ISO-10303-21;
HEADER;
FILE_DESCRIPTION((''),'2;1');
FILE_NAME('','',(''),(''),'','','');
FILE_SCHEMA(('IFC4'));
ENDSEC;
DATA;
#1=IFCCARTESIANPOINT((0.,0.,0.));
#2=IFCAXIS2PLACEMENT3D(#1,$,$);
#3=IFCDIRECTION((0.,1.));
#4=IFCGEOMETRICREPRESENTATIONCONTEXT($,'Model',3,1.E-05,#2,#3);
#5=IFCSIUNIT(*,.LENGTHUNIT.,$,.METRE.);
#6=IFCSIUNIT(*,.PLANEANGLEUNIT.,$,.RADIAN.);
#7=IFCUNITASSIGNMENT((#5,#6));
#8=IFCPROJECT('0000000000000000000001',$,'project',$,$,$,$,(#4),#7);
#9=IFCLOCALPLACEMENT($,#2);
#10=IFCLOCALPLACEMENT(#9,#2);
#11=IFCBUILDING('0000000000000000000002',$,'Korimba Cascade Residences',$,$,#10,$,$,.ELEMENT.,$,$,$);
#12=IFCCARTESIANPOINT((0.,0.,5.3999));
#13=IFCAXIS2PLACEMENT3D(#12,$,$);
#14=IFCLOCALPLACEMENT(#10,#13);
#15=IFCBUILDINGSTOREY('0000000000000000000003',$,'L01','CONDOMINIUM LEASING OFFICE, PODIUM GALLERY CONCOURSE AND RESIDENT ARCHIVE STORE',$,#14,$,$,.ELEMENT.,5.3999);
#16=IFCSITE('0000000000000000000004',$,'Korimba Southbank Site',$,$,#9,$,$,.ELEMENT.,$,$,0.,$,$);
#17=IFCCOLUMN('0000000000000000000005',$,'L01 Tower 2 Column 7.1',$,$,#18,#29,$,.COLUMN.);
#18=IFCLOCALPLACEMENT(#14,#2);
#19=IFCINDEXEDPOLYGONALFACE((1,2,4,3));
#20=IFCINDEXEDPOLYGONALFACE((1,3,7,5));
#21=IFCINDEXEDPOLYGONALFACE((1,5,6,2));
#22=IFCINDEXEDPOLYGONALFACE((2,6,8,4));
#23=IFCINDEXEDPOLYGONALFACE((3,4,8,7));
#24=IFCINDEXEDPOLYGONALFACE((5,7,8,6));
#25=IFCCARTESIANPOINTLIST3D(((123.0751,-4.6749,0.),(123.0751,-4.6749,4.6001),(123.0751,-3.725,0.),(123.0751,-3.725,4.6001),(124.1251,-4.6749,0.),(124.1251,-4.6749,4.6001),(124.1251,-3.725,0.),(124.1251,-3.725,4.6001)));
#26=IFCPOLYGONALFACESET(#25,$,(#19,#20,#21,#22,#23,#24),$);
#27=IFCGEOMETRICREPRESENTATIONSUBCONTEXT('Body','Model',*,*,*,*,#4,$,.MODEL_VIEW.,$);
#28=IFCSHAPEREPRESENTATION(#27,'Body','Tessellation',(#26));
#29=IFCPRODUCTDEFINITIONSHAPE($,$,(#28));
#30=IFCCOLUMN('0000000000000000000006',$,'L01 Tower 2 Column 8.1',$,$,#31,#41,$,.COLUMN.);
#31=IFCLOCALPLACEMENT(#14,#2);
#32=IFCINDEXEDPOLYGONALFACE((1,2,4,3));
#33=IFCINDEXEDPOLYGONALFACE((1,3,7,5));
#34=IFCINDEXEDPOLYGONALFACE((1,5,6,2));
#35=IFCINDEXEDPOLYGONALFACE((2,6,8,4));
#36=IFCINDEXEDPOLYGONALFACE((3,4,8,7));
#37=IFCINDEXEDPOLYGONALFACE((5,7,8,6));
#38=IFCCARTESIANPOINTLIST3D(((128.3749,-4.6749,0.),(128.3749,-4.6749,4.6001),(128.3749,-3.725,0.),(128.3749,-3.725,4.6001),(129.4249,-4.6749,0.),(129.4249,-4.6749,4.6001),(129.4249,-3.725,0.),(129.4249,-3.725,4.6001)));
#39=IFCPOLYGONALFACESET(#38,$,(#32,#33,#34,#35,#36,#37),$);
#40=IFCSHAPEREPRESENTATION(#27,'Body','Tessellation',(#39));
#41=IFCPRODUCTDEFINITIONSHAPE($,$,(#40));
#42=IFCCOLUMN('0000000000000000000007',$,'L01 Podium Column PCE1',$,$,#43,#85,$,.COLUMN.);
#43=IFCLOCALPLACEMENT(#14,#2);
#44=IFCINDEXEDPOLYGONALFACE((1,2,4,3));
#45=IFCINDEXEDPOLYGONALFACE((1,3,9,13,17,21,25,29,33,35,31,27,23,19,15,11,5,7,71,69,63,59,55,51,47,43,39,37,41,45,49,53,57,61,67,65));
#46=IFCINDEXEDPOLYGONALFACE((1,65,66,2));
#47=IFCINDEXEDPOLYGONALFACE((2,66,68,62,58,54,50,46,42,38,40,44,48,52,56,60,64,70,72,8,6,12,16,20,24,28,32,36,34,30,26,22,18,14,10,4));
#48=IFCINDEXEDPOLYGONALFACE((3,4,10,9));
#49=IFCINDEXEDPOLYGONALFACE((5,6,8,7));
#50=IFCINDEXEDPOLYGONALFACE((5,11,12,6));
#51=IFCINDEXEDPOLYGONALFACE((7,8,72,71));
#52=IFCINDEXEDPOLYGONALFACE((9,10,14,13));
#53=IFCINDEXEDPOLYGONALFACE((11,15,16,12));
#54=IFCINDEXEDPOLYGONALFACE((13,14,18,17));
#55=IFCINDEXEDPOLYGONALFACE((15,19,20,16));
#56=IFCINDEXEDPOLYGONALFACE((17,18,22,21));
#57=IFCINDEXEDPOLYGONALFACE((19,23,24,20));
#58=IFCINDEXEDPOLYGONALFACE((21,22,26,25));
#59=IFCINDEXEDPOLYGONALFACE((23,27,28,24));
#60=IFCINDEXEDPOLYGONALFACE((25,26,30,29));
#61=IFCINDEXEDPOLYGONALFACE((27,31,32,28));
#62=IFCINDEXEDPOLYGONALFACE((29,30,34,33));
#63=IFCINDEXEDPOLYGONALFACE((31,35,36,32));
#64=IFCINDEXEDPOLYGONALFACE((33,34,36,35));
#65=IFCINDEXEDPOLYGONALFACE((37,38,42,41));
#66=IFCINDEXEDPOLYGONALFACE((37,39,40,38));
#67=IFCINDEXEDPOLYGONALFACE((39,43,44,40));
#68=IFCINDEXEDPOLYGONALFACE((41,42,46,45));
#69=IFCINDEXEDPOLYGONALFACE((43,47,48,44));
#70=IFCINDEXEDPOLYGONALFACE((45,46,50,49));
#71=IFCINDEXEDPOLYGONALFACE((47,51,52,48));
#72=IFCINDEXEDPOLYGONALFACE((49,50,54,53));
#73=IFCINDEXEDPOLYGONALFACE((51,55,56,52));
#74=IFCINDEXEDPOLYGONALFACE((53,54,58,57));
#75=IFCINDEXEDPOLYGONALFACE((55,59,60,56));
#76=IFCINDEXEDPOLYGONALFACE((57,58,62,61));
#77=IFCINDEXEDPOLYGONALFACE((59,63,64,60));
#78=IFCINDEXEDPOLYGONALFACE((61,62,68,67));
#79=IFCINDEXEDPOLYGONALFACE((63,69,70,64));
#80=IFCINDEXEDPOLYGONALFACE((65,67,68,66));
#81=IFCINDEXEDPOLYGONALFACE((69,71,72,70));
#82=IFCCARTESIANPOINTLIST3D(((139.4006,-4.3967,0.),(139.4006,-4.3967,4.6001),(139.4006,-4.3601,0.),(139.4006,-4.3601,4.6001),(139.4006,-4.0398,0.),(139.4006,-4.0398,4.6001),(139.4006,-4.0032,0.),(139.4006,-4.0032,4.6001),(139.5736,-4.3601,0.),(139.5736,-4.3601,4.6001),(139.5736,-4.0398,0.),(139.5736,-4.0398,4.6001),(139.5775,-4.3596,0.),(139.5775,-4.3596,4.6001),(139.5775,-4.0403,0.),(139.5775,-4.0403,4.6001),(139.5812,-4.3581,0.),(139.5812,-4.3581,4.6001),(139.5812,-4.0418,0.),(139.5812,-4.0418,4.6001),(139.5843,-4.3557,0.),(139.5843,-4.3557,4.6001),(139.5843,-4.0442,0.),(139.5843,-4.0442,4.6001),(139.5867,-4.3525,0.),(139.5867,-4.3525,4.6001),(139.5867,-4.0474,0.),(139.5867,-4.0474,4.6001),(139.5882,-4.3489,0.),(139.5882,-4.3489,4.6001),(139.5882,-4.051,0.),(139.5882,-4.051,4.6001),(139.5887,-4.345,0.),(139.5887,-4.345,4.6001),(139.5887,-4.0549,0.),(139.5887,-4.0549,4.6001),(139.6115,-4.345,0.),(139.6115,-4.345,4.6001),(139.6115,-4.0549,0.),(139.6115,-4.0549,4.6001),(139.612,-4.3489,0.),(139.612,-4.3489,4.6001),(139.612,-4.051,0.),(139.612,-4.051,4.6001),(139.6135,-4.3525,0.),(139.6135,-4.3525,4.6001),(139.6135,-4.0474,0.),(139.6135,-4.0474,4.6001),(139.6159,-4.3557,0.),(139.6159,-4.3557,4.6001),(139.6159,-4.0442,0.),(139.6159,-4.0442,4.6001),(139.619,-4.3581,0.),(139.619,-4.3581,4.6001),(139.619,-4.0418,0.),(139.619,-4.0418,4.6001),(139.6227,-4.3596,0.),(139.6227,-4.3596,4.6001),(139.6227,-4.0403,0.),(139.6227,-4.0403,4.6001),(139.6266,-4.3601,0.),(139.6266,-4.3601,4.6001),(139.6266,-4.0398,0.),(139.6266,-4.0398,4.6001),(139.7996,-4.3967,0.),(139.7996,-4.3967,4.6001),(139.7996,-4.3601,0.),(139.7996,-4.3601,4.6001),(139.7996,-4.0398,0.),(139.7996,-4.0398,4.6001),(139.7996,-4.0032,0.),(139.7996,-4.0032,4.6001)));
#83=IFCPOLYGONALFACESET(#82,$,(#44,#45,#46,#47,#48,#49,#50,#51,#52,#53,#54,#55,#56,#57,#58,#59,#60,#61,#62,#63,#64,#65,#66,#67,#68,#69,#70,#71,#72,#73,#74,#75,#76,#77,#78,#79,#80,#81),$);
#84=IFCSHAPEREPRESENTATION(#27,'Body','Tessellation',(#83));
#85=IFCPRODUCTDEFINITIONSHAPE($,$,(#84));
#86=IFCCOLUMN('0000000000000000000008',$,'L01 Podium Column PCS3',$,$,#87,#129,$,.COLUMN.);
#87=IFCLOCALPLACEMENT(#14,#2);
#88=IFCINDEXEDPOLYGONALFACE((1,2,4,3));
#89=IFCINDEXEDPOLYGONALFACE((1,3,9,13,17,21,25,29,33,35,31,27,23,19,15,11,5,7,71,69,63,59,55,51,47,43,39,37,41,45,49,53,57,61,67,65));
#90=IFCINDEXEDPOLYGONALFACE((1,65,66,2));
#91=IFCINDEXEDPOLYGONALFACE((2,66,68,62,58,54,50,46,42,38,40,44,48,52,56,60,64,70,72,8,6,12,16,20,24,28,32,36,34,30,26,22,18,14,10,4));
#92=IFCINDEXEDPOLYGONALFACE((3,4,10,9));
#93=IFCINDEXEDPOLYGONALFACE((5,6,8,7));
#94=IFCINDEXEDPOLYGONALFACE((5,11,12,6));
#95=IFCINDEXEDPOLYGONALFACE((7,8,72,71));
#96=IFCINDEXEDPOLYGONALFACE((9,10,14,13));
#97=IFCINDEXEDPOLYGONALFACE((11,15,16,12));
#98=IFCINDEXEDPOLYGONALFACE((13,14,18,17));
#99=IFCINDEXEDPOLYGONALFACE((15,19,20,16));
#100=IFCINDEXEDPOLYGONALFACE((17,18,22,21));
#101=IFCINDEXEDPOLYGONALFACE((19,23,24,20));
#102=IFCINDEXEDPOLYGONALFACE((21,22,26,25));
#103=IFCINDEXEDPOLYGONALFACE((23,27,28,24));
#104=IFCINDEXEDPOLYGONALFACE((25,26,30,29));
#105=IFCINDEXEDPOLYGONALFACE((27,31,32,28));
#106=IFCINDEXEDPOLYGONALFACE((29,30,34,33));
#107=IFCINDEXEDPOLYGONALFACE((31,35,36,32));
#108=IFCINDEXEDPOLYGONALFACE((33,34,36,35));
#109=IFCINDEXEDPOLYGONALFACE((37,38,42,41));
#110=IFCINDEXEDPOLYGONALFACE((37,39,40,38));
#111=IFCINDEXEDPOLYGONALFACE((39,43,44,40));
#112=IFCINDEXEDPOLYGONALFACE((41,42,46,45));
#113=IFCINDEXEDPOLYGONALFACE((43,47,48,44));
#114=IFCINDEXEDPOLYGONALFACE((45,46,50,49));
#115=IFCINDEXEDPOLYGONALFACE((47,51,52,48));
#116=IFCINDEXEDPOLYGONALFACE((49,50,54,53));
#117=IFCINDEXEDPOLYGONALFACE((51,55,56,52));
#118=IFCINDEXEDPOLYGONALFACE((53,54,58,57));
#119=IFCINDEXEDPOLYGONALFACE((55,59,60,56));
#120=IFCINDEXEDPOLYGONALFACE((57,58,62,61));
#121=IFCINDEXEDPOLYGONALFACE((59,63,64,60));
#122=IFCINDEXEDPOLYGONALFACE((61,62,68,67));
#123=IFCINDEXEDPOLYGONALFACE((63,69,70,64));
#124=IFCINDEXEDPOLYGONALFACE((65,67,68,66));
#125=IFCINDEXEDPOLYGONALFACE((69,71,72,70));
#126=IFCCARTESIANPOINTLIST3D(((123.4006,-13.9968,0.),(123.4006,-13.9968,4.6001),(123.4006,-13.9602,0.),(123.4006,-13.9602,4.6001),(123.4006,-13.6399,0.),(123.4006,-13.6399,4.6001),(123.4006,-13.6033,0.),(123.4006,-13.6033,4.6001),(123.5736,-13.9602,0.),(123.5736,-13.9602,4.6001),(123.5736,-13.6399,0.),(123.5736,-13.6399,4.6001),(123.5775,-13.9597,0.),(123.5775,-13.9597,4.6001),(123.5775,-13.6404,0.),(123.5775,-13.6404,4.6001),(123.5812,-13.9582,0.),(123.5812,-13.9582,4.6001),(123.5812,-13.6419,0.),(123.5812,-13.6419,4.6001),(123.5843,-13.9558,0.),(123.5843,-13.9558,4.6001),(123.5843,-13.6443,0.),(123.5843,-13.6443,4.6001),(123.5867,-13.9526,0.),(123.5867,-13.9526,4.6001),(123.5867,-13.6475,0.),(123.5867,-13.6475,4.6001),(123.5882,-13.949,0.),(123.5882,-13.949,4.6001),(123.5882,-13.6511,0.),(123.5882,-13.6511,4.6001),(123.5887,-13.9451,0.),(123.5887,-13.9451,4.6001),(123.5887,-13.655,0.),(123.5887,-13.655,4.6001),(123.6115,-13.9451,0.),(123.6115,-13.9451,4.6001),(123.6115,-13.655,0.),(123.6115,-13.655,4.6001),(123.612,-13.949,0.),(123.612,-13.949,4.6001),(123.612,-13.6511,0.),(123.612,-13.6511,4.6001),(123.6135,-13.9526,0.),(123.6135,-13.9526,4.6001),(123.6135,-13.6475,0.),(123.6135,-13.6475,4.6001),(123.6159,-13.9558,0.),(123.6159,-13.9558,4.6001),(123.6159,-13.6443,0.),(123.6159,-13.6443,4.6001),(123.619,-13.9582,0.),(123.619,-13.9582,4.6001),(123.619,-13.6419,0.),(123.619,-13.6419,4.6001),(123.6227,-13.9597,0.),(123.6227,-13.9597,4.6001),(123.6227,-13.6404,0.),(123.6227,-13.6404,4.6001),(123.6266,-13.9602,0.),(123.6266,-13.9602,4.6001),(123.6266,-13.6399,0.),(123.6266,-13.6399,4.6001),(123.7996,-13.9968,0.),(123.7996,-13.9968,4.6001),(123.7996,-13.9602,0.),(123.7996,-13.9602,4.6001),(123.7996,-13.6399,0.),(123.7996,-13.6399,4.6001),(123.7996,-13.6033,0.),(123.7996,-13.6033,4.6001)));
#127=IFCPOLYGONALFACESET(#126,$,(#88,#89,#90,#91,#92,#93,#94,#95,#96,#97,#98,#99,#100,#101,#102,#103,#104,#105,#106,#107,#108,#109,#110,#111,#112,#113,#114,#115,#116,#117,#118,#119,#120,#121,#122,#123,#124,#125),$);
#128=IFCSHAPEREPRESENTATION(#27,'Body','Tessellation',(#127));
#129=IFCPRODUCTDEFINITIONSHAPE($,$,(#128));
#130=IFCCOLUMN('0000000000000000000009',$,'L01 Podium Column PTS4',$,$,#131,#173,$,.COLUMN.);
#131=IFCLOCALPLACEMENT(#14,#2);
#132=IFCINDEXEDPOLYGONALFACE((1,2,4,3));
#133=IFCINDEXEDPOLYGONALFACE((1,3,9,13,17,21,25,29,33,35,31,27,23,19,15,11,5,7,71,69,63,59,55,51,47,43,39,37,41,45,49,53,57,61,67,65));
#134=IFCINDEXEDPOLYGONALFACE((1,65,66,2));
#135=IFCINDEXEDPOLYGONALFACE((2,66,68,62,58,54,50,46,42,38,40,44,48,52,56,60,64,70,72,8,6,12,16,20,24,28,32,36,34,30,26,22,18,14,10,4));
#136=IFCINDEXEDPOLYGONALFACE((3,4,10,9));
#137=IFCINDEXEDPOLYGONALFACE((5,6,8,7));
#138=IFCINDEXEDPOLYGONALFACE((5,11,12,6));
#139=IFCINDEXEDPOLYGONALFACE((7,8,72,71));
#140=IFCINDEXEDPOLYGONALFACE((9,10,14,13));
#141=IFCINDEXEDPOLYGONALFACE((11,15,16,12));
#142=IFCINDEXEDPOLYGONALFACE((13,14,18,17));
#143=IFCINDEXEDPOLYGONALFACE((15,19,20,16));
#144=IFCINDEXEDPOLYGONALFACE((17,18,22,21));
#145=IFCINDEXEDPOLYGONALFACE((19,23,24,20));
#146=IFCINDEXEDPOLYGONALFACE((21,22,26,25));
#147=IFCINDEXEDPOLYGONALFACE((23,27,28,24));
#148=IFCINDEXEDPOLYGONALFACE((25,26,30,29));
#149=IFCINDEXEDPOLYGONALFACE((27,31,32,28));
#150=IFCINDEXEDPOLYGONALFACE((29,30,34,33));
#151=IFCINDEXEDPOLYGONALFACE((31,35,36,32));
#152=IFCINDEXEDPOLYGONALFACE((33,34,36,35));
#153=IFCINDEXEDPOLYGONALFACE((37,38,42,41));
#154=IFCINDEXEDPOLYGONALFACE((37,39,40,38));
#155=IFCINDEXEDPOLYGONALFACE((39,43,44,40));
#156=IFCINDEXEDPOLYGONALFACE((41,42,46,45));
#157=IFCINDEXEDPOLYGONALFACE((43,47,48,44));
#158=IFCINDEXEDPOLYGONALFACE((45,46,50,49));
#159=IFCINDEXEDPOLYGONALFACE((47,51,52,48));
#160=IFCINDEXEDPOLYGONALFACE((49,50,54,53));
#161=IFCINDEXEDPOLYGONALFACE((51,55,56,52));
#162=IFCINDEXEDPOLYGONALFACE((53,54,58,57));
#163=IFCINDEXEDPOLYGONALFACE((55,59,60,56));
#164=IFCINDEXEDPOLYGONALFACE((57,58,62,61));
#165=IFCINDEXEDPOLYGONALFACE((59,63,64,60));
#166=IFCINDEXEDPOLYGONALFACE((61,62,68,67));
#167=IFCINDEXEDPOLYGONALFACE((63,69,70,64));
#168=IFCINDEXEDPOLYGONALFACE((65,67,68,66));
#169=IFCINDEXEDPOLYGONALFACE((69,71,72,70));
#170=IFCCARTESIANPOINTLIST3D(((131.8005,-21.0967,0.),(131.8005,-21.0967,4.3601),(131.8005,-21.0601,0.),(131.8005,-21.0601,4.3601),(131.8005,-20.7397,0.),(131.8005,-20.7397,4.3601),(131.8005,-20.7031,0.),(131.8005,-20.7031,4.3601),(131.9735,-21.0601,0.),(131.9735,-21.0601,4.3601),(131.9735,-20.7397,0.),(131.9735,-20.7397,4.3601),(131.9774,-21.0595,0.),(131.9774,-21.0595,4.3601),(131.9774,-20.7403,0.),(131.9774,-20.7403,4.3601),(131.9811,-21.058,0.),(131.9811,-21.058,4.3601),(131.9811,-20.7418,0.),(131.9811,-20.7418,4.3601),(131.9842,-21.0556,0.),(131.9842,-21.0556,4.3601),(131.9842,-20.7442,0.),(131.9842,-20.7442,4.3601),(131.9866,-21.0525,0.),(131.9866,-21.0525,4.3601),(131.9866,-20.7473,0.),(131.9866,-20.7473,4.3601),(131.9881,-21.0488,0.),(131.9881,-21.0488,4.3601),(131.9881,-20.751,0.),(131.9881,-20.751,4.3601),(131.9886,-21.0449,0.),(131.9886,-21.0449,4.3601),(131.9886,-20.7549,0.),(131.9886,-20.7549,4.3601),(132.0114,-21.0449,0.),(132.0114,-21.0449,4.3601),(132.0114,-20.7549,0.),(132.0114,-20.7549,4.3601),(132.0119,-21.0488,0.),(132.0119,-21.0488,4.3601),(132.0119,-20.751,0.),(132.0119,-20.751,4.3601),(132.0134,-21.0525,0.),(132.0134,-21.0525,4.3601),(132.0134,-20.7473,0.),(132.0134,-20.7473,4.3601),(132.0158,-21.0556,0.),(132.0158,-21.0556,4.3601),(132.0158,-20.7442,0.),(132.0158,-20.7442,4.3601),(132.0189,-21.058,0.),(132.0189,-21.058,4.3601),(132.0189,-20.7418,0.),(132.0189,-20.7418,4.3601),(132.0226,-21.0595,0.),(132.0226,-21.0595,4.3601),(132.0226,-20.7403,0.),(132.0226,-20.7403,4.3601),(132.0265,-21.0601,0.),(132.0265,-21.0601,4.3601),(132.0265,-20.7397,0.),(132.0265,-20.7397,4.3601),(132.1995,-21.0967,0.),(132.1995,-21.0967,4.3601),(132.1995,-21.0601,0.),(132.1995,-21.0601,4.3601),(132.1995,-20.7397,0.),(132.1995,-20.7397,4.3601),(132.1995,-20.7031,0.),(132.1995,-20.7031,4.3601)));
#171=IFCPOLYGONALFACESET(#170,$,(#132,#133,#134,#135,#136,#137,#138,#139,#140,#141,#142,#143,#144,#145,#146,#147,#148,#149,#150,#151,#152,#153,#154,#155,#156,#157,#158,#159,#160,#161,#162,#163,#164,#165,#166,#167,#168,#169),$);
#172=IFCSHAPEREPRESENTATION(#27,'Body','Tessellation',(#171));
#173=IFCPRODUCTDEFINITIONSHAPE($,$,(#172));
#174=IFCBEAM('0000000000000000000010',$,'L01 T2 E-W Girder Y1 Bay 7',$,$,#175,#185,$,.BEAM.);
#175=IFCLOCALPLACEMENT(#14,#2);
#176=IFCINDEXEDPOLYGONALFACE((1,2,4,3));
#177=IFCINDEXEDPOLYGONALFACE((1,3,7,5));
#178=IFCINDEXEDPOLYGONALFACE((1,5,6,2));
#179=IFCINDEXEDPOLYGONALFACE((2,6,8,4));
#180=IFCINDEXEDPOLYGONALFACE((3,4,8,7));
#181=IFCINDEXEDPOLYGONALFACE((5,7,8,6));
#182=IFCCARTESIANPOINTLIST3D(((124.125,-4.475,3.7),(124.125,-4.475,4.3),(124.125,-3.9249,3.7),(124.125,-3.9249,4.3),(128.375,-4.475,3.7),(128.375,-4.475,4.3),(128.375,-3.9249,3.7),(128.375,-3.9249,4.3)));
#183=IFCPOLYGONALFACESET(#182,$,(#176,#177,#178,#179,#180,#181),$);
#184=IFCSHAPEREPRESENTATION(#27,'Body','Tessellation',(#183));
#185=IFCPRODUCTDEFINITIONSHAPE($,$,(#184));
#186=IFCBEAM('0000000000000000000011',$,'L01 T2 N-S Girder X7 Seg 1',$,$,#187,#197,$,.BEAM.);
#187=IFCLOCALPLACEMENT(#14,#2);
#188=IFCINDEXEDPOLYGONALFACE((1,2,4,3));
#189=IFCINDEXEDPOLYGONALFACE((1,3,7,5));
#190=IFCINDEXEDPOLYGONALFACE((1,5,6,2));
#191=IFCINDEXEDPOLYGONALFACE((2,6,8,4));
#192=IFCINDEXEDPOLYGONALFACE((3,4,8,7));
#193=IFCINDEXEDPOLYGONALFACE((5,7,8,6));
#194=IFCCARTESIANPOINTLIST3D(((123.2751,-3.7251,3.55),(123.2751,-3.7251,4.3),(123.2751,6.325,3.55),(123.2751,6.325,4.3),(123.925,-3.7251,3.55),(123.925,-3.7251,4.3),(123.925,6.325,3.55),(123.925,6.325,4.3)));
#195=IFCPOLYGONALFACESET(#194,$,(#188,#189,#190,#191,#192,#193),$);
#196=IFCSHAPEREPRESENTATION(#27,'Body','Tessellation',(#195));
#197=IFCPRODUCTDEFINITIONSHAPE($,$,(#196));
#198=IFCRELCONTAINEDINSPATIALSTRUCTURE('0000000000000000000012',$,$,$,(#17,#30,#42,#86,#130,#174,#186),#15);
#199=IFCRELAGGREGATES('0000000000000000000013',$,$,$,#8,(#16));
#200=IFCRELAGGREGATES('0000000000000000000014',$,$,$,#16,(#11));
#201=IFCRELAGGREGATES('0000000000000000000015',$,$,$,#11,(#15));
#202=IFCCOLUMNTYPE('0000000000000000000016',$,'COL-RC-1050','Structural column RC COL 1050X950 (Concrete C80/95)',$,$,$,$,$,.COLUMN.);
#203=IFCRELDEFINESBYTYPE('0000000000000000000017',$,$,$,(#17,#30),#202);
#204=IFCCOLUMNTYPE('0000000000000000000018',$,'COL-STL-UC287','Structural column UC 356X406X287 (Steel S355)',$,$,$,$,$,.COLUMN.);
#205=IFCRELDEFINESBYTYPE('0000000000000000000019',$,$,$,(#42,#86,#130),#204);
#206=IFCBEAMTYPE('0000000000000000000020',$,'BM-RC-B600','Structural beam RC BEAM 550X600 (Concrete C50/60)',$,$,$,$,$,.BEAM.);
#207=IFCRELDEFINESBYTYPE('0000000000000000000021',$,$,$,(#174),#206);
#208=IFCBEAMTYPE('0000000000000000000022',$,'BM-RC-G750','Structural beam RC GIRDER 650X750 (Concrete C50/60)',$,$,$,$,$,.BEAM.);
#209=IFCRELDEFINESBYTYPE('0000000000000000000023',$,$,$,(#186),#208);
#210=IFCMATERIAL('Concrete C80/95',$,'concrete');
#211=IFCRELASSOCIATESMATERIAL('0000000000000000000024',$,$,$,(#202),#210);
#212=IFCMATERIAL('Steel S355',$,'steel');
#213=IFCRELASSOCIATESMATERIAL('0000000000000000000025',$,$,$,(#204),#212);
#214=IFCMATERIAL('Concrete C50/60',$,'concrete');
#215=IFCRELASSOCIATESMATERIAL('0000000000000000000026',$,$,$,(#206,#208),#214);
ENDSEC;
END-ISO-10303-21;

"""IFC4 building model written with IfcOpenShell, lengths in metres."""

from ifc_helpers import new_model, si_unit, direction, frame, origin, origin_2d, place, context, subcontext, project, spatial, rectangle, i_section, extrude, material, material_profile, profile_set, type_object, element, save


model = new_model("IFC4")

# Units and contexts
model_context = context("Model", 3, precision=1e-05, world=origin(), true_north=direction((0.0, 1.0)))
body_context = subcontext(model_context, "Body", "Model", "MODEL_VIEW")
ifc_project = project(units=[si_unit("LENGTHUNIT", "METRE"), si_unit("PLANEANGLEUNIT", "RADIAN")], contexts=[model_context])

# Site, building, storey
site_placement = place(None, origin())
site = spatial("IfcSite", under=ifc_project, at=site_placement, Name="Korimba Southbank Site", CompositionType="ELEMENT", RefElevation=0.0)
building_placement = place(site_placement, origin())
building = spatial("IfcBuilding", under=site, at=building_placement, Name="Korimba Cascade Residences", CompositionType="ELEMENT")
storey_placement = place(building_placement, frame((0.0, 0.0, 5.3999)))
storey = spatial("IfcBuildingStorey", under=building, at=storey_placement, Name="L01", Description="CONDOMINIUM LEASING OFFICE, PODIUM GALLERY CONCOURSE AND RESIDENT ARCHIVE STORE", CompositionType="ELEMENT", Elevation=5.3999)

# Columns
ifc_material_1 = material(Name="Concrete C80/95", Category="concrete")
ifc_material_profile_1 = material_profile(ifc_material_1, rectangle(XDim=1.05, YDim=0.95, at=origin_2d()), Name="Concrete C80/95")
ifc_profile_set_1 = profile_set([ifc_material_profile_1], Name="Concrete C80/95")
column_type_1 = type_object("IfcColumnType", Name="COL-RC-1050", Description="Structural column RC COL 1050X950 (Concrete C80/95)", PredefinedType="COLUMN", material=ifc_profile_set_1)
for number, where, z_axis, x_axis, name in (
    (1, (123.6001, -4.2, 0.0), (0.0, 0.0, 1.0), (1.0, 0.0, 0.0), "L01 Tower 2 Column 7.1"),
    (2, (128.8999, -4.2, 0.0), (0.0, 0.0, 1.0), (1.0, 0.0, 0.0), "L01 Tower 2 Column 8.1"),
):
    element("IfcColumn", number, at=place(storey_placement, frame(where, z_axis=z_axis, x_axis=x_axis)), inside=storey, type_object=column_type_1, Name=name, PredefinedType="COLUMN", context=body_context, shape_type="SweptSolid", body=[
        extrude(rectangle(XDim=1.05, YDim=0.95, at=origin_2d()), origin(), (0.0, 0.0, 1.0), 4.6001),
    ])
ifc_material_2 = material(Name="Steel S355", Category="steel")
ifc_material_profile_2 = material_profile(ifc_material_2, i_section(OverallWidth=0.3989, OverallDepth=0.3936, WebThickness=0.0227, FlangeThickness=0.0366, FilletRadius=0.0151, at=origin_2d()), Name="Steel S355")
ifc_profile_set_2 = profile_set([ifc_material_profile_2], Name="Steel S355")
column_type_2 = type_object("IfcColumnType", Name="COL-STL-UC287", Description="Structural column UC 356X406X287 (Steel S355)", PredefinedType="COLUMN", material=ifc_profile_set_2)
for number, where, z_axis, x_axis, name in (
    (3, (139.6001, -4.2, 0.0), (0.0, 0.0, 1.0), (1.0, 0.0, 0.0), "L01 Podium Column PCE1"),
    (4, (123.6001, -13.8, 0.0), (0.0, 0.0, 1.0), (1.0, 0.0, 0.0), "L01 Podium Column PCS3"),
):
    element("IfcColumn", number, at=place(storey_placement, frame(where, z_axis=z_axis, x_axis=x_axis)), inside=storey, type_object=column_type_2, Name=name, PredefinedType="COLUMN", context=body_context, shape_type="SweptSolid", body=[
        extrude(i_section(OverallWidth=0.3989, OverallDepth=0.3936, WebThickness=0.0227, FlangeThickness=0.0366, FilletRadius=0.0151, at=origin_2d()), origin(), (0.0, 0.0, 1.0), 4.6001),
    ])
column_placement = place(storey_placement, frame((132.0, -20.8999, 0.0), z_axis=(0.0, 0.0, 1.0), x_axis=(1.0, 0.0, 0.0)))
element("IfcColumn", 5, at=column_placement, inside=storey, type_object=column_type_2, Name="L01 Podium Column PTS4", PredefinedType="COLUMN", context=body_context, shape_type="SweptSolid", body=[
    extrude(i_section(OverallWidth=0.3989, OverallDepth=0.3936, WebThickness=0.0227, FlangeThickness=0.0366, FilletRadius=0.0151, at=origin_2d()), origin(), (0.0, 0.0, 1.0), 4.3601),
])

# Beams
ifc_material_3 = material(Name="Concrete C50/60", Category="concrete")
ifc_material_profile_3 = material_profile(ifc_material_3, rectangle(XDim=0.55, YDim=0.6001, at=origin_2d()), Name="Concrete C50/60")
ifc_profile_set_3 = profile_set([ifc_material_profile_3], Name="Concrete C50/60")
beam_type_1 = type_object("IfcBeamType", Name="BM-RC-B600", Description="Structural beam RC BEAM 550X600 (Concrete C50/60)", PredefinedType="BEAM", material=ifc_profile_set_3)
beam_1_placement = place(storey_placement, frame((124.125, -4.2, 4.0), z_axis=(1.0, 0.0, 0.0), x_axis=(0.0, 1.0, 0.0)))
element("IfcBeam", 6, at=beam_1_placement, inside=storey, type_object=beam_type_1, Name="L01 T2 E-W Girder Y1 Bay 7", PredefinedType="BEAM", context=body_context, shape_type="SweptSolid", body=[
    extrude(rectangle(XDim=0.55, YDim=0.6001, at=origin_2d()), origin(), (0.0, 0.0, 1.0), 4.25),
])
ifc_material_profile_4 = material_profile(ifc_material_3, rectangle(XDim=0.6499, YDim=0.75, at=origin_2d()), Name="Concrete C50/60")
ifc_profile_set_4 = profile_set([ifc_material_profile_4], Name="Concrete C50/60")
beam_type_2 = type_object("IfcBeamType", Name="BM-RC-G750", Description="Structural beam RC GIRDER 650X750 (Concrete C50/60)", PredefinedType="BEAM", material=ifc_profile_set_4)
for number, where, z_axis, x_axis, name in (
    (7, (123.6001, -3.7251, 3.925), (0.0, 1.0, 0.0), (-1.0, 0.0, 0.0), "L01 T2 N-S Girder X7 Seg 1"),
):
    element("IfcBeam", number, at=place(storey_placement, frame(where, z_axis=z_axis, x_axis=x_axis)), inside=storey, type_object=beam_type_2, Name=name, PredefinedType="BEAM", context=body_context, shape_type="SweptSolid", body=[
        extrude(rectangle(XDim=0.6499, YDim=0.75, at=origin_2d()), origin(), (0.0, 0.0, 1.0), 10.05),
    ])

save(model, "model.ifc")
